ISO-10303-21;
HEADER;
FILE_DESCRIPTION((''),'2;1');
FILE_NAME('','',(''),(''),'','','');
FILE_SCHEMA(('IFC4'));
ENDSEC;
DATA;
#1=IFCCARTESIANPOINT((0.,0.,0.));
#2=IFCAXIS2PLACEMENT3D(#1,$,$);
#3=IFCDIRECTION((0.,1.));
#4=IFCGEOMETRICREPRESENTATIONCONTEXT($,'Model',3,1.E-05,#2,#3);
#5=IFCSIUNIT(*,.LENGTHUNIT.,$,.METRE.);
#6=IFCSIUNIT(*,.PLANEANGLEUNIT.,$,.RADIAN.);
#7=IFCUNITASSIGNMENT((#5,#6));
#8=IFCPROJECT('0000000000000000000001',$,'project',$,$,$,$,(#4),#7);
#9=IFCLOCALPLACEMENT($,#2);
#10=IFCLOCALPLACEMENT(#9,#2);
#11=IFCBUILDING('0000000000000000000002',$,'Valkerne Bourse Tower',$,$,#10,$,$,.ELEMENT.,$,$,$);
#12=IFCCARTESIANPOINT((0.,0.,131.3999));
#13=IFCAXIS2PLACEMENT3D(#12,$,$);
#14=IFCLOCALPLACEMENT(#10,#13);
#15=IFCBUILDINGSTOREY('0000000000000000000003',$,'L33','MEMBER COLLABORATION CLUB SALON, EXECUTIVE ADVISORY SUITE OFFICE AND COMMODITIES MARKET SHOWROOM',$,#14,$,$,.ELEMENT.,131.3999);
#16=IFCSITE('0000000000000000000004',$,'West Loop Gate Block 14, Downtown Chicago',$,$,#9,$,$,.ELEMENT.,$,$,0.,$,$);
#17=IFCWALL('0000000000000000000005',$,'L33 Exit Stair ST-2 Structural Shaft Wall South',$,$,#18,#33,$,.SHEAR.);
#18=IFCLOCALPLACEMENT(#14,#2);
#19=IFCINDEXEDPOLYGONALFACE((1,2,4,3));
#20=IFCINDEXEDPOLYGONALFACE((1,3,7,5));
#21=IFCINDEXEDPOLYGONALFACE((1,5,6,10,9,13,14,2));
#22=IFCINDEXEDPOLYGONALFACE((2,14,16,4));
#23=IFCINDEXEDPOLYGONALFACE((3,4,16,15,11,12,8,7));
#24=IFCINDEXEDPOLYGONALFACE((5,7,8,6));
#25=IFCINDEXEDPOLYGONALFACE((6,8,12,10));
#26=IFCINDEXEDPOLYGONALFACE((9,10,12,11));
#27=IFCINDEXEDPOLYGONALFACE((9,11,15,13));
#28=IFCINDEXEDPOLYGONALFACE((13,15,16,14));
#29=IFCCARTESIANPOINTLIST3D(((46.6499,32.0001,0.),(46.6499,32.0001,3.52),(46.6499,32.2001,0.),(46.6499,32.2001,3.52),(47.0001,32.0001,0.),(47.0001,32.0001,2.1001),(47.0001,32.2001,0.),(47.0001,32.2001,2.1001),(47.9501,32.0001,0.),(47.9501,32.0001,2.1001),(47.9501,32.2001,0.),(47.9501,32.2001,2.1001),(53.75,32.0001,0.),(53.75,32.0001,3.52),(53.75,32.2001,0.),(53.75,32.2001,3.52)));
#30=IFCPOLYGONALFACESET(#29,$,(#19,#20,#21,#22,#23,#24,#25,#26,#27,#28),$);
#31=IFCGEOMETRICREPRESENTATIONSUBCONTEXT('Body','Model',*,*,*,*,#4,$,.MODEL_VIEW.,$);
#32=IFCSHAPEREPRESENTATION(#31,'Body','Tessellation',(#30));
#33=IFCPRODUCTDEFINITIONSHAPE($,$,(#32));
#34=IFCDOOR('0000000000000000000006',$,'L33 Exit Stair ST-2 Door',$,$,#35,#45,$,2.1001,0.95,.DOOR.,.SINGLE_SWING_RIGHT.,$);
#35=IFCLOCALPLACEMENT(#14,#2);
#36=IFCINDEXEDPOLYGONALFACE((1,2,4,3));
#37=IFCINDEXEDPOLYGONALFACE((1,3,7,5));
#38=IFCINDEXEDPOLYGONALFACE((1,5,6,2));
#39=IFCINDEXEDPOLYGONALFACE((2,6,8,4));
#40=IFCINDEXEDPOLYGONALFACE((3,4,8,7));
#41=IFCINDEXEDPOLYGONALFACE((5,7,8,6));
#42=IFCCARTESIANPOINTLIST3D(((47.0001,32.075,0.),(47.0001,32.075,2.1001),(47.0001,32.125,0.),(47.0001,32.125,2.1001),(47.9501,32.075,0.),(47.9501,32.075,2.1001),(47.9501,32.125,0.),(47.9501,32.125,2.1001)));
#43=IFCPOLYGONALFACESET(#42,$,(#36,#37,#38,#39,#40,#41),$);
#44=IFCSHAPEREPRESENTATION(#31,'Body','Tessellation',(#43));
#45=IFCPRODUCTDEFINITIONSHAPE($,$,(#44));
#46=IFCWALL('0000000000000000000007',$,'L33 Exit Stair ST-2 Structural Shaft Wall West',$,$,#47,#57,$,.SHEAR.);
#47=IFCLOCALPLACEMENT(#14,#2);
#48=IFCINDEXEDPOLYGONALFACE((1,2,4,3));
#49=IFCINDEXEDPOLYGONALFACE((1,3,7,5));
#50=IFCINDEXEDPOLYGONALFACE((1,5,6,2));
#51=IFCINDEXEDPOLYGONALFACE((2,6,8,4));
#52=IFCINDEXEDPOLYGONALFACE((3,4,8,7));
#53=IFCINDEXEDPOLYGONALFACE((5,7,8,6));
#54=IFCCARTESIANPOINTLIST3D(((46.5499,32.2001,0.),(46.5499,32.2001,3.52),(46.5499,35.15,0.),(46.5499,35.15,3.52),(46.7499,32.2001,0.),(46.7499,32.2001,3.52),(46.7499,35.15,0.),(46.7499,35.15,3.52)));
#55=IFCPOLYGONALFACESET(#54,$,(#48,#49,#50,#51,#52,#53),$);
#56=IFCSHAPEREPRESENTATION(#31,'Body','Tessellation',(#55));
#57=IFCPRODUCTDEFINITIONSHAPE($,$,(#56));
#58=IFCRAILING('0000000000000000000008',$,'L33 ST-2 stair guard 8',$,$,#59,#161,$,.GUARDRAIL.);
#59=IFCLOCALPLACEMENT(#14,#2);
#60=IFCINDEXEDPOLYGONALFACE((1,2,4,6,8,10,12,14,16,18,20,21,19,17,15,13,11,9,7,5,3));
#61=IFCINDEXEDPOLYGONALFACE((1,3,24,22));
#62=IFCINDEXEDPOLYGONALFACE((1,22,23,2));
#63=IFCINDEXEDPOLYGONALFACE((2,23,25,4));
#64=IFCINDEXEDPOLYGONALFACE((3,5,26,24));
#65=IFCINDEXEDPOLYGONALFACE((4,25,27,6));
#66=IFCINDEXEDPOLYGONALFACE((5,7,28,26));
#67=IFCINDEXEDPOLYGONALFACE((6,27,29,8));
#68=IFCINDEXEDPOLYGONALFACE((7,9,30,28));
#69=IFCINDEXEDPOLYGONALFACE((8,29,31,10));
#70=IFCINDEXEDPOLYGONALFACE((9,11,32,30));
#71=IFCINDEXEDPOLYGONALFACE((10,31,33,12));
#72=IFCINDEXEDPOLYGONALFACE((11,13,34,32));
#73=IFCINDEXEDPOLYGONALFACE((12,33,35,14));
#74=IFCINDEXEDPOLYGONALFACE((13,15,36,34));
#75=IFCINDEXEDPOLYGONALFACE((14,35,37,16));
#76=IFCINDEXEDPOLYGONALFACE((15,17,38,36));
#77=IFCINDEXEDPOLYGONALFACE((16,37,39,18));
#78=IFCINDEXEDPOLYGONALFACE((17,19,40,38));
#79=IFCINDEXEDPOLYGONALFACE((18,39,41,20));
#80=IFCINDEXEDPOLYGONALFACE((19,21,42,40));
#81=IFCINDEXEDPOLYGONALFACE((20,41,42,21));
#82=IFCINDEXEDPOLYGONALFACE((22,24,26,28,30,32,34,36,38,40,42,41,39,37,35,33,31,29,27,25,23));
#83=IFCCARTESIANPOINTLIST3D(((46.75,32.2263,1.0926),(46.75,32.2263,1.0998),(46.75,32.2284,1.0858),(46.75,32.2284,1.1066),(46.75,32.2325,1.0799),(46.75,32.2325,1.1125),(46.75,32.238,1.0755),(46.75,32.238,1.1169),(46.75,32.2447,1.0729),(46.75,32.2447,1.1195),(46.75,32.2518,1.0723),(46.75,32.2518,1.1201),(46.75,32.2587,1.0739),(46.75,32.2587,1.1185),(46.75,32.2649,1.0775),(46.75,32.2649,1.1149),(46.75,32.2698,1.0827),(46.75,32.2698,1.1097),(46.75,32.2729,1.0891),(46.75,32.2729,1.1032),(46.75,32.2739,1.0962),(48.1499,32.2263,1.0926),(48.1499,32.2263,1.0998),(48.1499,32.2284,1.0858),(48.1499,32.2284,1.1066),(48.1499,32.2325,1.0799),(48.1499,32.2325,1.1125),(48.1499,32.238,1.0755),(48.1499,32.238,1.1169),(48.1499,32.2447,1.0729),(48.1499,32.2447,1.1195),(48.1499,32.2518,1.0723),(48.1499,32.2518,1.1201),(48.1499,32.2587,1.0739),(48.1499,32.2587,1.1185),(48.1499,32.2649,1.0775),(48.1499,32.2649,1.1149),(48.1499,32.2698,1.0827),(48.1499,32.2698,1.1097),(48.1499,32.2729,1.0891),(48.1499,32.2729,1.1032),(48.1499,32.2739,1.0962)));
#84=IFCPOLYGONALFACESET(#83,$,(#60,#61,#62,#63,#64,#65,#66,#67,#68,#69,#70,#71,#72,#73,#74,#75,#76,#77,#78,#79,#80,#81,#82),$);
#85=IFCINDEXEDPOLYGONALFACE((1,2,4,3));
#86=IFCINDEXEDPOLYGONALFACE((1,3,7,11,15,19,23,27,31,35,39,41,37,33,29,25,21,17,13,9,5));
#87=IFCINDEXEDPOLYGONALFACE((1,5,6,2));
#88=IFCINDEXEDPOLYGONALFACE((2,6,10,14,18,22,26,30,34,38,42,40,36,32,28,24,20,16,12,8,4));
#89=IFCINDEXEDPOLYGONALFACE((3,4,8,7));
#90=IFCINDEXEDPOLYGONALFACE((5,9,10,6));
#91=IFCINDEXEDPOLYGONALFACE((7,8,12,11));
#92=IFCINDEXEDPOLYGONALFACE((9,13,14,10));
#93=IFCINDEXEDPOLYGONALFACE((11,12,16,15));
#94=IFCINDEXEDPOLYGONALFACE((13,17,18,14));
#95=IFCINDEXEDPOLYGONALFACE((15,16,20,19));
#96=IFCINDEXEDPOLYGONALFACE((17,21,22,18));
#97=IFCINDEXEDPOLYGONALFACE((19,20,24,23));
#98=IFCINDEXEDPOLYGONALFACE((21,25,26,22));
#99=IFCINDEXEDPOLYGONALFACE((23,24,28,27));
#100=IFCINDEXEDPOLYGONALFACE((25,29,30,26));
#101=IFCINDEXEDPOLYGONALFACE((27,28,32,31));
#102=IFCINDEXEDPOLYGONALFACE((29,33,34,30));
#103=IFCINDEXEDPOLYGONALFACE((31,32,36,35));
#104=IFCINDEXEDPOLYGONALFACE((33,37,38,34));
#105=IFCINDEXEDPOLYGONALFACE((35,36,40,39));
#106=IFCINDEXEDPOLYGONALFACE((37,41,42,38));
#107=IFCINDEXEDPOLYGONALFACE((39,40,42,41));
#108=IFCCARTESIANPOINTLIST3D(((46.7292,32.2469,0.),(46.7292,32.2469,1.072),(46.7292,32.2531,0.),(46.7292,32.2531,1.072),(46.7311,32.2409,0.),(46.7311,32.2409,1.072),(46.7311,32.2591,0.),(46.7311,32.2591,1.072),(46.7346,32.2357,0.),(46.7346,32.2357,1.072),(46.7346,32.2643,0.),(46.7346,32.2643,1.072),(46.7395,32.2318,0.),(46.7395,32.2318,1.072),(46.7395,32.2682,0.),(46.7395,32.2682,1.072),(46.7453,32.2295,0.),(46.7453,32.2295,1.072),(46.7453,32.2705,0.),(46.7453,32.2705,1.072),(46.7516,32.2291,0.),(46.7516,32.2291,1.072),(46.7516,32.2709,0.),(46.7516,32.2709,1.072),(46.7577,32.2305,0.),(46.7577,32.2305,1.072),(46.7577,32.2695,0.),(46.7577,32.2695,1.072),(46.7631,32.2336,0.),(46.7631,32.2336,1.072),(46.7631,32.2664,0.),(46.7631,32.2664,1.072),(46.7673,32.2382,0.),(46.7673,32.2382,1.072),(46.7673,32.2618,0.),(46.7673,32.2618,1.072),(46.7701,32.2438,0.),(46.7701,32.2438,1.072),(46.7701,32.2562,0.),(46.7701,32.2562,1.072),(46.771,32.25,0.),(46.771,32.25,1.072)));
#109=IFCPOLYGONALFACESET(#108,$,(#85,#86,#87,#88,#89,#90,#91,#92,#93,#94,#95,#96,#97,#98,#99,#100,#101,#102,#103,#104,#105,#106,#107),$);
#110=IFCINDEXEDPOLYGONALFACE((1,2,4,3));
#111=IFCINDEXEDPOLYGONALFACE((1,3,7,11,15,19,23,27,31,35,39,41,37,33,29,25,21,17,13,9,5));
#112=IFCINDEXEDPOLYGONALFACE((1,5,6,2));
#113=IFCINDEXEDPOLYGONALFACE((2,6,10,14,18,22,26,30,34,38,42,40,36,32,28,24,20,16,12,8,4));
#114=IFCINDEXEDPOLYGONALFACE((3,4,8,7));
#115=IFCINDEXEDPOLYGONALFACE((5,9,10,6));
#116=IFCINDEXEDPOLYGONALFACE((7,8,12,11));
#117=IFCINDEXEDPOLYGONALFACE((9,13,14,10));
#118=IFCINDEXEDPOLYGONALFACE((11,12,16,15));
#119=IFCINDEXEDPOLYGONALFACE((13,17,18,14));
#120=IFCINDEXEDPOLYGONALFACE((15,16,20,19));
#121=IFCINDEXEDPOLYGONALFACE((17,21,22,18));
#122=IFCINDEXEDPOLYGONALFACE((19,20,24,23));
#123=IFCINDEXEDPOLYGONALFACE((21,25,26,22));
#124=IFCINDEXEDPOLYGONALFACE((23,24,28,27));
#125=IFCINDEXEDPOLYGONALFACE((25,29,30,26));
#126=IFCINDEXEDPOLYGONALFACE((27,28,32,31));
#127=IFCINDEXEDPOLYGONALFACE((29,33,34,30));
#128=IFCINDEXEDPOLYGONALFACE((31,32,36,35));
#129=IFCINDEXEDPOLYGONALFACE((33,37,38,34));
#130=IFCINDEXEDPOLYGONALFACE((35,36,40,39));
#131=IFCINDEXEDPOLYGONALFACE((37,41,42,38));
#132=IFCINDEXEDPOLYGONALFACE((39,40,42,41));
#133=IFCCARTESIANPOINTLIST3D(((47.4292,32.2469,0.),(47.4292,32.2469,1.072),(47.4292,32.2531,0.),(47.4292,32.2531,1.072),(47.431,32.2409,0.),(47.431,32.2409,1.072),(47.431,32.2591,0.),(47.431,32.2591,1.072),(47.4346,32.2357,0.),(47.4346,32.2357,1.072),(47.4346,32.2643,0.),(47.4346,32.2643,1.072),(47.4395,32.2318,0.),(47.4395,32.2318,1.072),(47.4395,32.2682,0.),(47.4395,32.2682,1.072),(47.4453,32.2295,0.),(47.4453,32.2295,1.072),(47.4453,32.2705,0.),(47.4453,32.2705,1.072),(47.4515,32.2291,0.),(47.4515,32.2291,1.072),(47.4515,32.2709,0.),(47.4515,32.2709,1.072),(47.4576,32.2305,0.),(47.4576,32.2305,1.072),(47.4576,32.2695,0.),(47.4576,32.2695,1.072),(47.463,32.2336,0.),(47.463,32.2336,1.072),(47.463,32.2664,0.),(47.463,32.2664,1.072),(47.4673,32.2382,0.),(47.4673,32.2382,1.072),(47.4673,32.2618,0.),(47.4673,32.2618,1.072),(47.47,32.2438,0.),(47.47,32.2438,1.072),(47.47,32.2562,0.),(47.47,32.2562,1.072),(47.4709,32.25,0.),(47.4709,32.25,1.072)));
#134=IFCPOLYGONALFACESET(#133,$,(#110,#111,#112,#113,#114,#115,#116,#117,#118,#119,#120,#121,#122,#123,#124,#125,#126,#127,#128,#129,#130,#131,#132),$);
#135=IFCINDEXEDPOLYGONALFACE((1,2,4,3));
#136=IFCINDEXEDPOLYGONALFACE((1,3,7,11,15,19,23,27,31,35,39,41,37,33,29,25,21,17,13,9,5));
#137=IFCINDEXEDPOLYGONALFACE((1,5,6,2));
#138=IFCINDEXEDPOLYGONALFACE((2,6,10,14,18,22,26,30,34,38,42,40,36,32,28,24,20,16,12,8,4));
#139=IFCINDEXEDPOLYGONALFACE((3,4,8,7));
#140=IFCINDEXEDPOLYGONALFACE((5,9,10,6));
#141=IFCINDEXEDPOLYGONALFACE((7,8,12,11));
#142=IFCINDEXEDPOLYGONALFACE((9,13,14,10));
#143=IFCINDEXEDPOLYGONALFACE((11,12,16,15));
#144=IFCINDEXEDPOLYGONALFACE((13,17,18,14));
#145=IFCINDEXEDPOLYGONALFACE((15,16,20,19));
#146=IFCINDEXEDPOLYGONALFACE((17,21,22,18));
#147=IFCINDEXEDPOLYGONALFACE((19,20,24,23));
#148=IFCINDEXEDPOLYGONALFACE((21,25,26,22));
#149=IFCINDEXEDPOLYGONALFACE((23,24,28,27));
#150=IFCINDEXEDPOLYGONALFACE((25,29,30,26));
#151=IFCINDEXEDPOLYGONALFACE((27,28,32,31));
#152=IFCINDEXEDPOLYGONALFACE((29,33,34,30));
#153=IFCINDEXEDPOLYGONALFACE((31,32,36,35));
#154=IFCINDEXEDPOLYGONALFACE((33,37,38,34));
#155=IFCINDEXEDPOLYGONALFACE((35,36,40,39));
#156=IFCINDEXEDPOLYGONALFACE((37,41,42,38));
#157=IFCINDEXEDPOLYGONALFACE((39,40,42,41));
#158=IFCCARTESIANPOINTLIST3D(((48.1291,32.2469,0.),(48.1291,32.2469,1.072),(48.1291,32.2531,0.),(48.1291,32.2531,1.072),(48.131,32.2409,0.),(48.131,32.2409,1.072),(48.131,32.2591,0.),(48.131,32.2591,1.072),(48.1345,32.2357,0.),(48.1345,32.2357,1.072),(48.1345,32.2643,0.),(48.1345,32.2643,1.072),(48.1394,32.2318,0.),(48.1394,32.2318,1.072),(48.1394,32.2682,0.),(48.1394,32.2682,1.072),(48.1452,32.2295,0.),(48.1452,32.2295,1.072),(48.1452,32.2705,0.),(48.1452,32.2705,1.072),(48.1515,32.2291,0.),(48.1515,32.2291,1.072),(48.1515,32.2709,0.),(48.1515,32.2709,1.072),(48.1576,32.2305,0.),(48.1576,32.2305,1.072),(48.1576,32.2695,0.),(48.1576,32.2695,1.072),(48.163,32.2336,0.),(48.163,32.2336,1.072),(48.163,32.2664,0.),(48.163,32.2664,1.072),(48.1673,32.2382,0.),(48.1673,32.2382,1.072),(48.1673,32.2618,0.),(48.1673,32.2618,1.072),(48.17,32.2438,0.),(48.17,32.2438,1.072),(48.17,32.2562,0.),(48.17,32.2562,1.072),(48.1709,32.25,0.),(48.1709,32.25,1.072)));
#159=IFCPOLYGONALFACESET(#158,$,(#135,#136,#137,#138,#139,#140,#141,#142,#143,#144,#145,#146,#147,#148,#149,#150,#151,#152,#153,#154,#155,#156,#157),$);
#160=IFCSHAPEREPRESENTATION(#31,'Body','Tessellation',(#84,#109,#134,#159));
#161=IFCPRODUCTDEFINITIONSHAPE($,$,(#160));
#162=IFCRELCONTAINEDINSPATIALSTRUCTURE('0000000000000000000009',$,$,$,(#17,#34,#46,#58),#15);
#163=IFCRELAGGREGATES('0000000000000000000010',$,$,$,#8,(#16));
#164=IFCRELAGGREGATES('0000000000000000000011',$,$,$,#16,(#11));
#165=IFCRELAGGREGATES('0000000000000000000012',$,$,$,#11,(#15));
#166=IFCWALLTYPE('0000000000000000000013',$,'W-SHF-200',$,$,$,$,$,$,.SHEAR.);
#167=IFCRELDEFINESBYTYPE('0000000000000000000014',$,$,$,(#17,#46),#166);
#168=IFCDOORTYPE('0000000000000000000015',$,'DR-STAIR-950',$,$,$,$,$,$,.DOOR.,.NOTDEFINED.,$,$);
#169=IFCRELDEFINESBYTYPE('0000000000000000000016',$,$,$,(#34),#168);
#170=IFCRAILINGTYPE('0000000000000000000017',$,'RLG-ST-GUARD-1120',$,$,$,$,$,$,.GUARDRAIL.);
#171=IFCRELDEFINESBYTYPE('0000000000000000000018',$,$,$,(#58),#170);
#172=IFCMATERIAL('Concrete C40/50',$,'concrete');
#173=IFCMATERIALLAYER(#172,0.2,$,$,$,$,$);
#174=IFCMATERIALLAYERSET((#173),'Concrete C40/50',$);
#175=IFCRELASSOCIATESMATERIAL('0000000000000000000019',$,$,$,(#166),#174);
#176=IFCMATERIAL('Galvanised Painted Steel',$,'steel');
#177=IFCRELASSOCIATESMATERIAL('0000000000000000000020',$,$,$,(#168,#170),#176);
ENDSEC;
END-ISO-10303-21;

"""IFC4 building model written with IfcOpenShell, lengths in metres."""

from ifc_helpers import new_model, si_unit, direction, frame, frame_2d, origin, origin_2d, place, context, subcontext, project, spatial, rectangle, circle, extrude, material, layer, layer_set, type_object, element, fill, save


model = new_model("IFC4")

# Units and contexts
model_context = context("Model", 3, precision=1e-05, world=origin(), true_north=direction((0.0, 1.0)))
body_context = subcontext(model_context, "Body", "Model", "MODEL_VIEW")
ifc_project = project(units=[si_unit("LENGTHUNIT", "METRE"), si_unit("PLANEANGLEUNIT", "RADIAN")], contexts=[model_context])

# Site, building, storey
site_placement = place(None, origin())
site = spatial("IfcSite", under=ifc_project, at=site_placement, Name="West Loop Gate Block 14, Downtown Chicago", CompositionType="ELEMENT", RefElevation=0.0)
building_placement = place(site_placement, origin())
building = spatial("IfcBuilding", under=site, at=building_placement, Name="Valkerne Bourse Tower", CompositionType="ELEMENT")
storey_placement = place(building_placement, frame((0.0, 0.0, 131.3999)))
storey = spatial("IfcBuildingStorey", under=building, at=storey_placement, Name="L33", Description="MEMBER COLLABORATION CLUB SALON, EXECUTIVE ADVISORY SUITE OFFICE AND COMMODITIES MARKET SHOWROOM", CompositionType="ELEMENT", Elevation=131.3999)

# Shared definitions
ifc_material_1 = material(Name="Galvanised Painted Steel", Category="steel")

# Wall, opening, door
ifc_material_2 = material(Name="Concrete C40/50", Category="concrete")
ifc_layer_1 = layer(ifc_material_2, 0.2)
ifc_layer_set_1 = layer_set([ifc_layer_1], Name="Concrete C40/50")
wall_type_1 = type_object("IfcWallType", Name="W-SHF-200", PredefinedType="SHEAR", material=ifc_layer_set_1)
wall_1_placement = place(storey_placement, frame((46.6499, 32.1001, 0.0), z_axis=(0.0, 0.0, 1.0), x_axis=(1.0, 0.0, 0.0)))
wall_1 = element("IfcWall", 1, at=wall_1_placement, inside=storey, type_object=wall_type_1, Name="L33 Exit Stair ST-2 Structural Shaft Wall South", PredefinedType="SHEAR", context=body_context, shape_type="SweptSolid", body=[
    extrude(rectangle(XDim=7.1001, YDim=0.2, at=frame_2d((3.55, 0.0))), origin(), (0.0, 0.0, 1.0), 3.52),
])
opening_1_placement = place(wall_1_placement, frame((0.3501, 0.0, 0.0)))
opening_1 = element("IfcOpeningElement", 2, at=opening_1_placement, cuts=wall_1, PredefinedType="OPENING", context=body_context, shape_type="SweptSolid", body=[
    extrude(rectangle(XDim=0.95, YDim=2.1001, at=frame_2d((0.4751, 1.05))), frame((0.0, 0.1099, 0.0), z_axis=(0.0, -1.0, 0.0), x_axis=(1.0, 0.0, 0.0)), (0.0, 0.0, 1.0), 0.22),
])
door_type_1 = type_object("IfcDoorType", Name="DR-STAIR-950", OperationType="NOTDEFINED", PredefinedType="DOOR", material=ifc_material_1)
door_1_placement = place(opening_1_placement, origin())
door_1 = element("IfcDoor", 3, at=door_1_placement, inside=storey, type_object=door_type_1, Name="L33 Exit Stair ST-2 Door", OperationType="SINGLE_SWING_RIGHT", OverallHeight=2.1001, OverallWidth=0.95, PredefinedType="DOOR", context=body_context, shape_type="SweptSolid", body=[
    extrude(rectangle(XDim=0.95, YDim=2.1001, at=frame_2d((0.4751, 1.05))), frame((0.0, 0.0249, 0.0), z_axis=(0.0, -1.0, 0.0), x_axis=(1.0, 0.0, 0.0)), (0.0, 0.0, 1.0), 0.05),
])
fill(opening_1, door_1)

# Wall
wall_2_placement = place(storey_placement, frame((46.6499, 32.2, 0.0), z_axis=(0.0, 0.0, 1.0), x_axis=(0.0, 1.0, 0.0)))
element("IfcWall", 4, at=wall_2_placement, inside=storey, type_object=wall_type_1, Name="L33 Exit Stair ST-2 Structural Shaft Wall West", PredefinedType="SHEAR", context=body_context, shape_type="SweptSolid", body=[
    extrude(rectangle(XDim=2.95, YDim=0.2, at=frame_2d((1.4751, 0.0))), origin(), (0.0, 0.0, 1.0), 3.52),
])

# Railing
railing_type = type_object("IfcRailingType", Name="RLG-ST-GUARD-1120", PredefinedType="GUARDRAIL", material=ifc_material_1)
for number, where, name in (
    (5, (46.75, 32.25, 0.0), "L33 ST-2 stair guard 8"),
):
    element("IfcRailing", number, at=place(storey_placement, frame(where)), inside=storey, type_object=railing_type, Name=name, PredefinedType="GUARDRAIL", context=body_context, shape_type="SweptSolid", body=[
        extrude(circle(Radius=0.0239, at=origin_2d()), frame((0.0, 0.0, 1.0962), z_axis=(1.0, 0.0, 0.0), x_axis=(0.0, 1.0, 0.0)), (0.0, 0.0, 1.0), 1.3999),
        extrude(circle(Radius=0.021, at=origin_2d()), origin(), (0.0, 0.0, 1.0), 1.072),
        extrude(circle(Radius=0.021, at=origin_2d()), frame((0.7, 0.0, 0.0)), (0.0, 0.0, 1.0), 1.072),
        extrude(circle(Radius=0.021, at=origin_2d()), frame((1.3999, 0.0, 0.0)), (0.0, 0.0, 1.0), 1.072),
    ])

save(model, "model.ifc")
